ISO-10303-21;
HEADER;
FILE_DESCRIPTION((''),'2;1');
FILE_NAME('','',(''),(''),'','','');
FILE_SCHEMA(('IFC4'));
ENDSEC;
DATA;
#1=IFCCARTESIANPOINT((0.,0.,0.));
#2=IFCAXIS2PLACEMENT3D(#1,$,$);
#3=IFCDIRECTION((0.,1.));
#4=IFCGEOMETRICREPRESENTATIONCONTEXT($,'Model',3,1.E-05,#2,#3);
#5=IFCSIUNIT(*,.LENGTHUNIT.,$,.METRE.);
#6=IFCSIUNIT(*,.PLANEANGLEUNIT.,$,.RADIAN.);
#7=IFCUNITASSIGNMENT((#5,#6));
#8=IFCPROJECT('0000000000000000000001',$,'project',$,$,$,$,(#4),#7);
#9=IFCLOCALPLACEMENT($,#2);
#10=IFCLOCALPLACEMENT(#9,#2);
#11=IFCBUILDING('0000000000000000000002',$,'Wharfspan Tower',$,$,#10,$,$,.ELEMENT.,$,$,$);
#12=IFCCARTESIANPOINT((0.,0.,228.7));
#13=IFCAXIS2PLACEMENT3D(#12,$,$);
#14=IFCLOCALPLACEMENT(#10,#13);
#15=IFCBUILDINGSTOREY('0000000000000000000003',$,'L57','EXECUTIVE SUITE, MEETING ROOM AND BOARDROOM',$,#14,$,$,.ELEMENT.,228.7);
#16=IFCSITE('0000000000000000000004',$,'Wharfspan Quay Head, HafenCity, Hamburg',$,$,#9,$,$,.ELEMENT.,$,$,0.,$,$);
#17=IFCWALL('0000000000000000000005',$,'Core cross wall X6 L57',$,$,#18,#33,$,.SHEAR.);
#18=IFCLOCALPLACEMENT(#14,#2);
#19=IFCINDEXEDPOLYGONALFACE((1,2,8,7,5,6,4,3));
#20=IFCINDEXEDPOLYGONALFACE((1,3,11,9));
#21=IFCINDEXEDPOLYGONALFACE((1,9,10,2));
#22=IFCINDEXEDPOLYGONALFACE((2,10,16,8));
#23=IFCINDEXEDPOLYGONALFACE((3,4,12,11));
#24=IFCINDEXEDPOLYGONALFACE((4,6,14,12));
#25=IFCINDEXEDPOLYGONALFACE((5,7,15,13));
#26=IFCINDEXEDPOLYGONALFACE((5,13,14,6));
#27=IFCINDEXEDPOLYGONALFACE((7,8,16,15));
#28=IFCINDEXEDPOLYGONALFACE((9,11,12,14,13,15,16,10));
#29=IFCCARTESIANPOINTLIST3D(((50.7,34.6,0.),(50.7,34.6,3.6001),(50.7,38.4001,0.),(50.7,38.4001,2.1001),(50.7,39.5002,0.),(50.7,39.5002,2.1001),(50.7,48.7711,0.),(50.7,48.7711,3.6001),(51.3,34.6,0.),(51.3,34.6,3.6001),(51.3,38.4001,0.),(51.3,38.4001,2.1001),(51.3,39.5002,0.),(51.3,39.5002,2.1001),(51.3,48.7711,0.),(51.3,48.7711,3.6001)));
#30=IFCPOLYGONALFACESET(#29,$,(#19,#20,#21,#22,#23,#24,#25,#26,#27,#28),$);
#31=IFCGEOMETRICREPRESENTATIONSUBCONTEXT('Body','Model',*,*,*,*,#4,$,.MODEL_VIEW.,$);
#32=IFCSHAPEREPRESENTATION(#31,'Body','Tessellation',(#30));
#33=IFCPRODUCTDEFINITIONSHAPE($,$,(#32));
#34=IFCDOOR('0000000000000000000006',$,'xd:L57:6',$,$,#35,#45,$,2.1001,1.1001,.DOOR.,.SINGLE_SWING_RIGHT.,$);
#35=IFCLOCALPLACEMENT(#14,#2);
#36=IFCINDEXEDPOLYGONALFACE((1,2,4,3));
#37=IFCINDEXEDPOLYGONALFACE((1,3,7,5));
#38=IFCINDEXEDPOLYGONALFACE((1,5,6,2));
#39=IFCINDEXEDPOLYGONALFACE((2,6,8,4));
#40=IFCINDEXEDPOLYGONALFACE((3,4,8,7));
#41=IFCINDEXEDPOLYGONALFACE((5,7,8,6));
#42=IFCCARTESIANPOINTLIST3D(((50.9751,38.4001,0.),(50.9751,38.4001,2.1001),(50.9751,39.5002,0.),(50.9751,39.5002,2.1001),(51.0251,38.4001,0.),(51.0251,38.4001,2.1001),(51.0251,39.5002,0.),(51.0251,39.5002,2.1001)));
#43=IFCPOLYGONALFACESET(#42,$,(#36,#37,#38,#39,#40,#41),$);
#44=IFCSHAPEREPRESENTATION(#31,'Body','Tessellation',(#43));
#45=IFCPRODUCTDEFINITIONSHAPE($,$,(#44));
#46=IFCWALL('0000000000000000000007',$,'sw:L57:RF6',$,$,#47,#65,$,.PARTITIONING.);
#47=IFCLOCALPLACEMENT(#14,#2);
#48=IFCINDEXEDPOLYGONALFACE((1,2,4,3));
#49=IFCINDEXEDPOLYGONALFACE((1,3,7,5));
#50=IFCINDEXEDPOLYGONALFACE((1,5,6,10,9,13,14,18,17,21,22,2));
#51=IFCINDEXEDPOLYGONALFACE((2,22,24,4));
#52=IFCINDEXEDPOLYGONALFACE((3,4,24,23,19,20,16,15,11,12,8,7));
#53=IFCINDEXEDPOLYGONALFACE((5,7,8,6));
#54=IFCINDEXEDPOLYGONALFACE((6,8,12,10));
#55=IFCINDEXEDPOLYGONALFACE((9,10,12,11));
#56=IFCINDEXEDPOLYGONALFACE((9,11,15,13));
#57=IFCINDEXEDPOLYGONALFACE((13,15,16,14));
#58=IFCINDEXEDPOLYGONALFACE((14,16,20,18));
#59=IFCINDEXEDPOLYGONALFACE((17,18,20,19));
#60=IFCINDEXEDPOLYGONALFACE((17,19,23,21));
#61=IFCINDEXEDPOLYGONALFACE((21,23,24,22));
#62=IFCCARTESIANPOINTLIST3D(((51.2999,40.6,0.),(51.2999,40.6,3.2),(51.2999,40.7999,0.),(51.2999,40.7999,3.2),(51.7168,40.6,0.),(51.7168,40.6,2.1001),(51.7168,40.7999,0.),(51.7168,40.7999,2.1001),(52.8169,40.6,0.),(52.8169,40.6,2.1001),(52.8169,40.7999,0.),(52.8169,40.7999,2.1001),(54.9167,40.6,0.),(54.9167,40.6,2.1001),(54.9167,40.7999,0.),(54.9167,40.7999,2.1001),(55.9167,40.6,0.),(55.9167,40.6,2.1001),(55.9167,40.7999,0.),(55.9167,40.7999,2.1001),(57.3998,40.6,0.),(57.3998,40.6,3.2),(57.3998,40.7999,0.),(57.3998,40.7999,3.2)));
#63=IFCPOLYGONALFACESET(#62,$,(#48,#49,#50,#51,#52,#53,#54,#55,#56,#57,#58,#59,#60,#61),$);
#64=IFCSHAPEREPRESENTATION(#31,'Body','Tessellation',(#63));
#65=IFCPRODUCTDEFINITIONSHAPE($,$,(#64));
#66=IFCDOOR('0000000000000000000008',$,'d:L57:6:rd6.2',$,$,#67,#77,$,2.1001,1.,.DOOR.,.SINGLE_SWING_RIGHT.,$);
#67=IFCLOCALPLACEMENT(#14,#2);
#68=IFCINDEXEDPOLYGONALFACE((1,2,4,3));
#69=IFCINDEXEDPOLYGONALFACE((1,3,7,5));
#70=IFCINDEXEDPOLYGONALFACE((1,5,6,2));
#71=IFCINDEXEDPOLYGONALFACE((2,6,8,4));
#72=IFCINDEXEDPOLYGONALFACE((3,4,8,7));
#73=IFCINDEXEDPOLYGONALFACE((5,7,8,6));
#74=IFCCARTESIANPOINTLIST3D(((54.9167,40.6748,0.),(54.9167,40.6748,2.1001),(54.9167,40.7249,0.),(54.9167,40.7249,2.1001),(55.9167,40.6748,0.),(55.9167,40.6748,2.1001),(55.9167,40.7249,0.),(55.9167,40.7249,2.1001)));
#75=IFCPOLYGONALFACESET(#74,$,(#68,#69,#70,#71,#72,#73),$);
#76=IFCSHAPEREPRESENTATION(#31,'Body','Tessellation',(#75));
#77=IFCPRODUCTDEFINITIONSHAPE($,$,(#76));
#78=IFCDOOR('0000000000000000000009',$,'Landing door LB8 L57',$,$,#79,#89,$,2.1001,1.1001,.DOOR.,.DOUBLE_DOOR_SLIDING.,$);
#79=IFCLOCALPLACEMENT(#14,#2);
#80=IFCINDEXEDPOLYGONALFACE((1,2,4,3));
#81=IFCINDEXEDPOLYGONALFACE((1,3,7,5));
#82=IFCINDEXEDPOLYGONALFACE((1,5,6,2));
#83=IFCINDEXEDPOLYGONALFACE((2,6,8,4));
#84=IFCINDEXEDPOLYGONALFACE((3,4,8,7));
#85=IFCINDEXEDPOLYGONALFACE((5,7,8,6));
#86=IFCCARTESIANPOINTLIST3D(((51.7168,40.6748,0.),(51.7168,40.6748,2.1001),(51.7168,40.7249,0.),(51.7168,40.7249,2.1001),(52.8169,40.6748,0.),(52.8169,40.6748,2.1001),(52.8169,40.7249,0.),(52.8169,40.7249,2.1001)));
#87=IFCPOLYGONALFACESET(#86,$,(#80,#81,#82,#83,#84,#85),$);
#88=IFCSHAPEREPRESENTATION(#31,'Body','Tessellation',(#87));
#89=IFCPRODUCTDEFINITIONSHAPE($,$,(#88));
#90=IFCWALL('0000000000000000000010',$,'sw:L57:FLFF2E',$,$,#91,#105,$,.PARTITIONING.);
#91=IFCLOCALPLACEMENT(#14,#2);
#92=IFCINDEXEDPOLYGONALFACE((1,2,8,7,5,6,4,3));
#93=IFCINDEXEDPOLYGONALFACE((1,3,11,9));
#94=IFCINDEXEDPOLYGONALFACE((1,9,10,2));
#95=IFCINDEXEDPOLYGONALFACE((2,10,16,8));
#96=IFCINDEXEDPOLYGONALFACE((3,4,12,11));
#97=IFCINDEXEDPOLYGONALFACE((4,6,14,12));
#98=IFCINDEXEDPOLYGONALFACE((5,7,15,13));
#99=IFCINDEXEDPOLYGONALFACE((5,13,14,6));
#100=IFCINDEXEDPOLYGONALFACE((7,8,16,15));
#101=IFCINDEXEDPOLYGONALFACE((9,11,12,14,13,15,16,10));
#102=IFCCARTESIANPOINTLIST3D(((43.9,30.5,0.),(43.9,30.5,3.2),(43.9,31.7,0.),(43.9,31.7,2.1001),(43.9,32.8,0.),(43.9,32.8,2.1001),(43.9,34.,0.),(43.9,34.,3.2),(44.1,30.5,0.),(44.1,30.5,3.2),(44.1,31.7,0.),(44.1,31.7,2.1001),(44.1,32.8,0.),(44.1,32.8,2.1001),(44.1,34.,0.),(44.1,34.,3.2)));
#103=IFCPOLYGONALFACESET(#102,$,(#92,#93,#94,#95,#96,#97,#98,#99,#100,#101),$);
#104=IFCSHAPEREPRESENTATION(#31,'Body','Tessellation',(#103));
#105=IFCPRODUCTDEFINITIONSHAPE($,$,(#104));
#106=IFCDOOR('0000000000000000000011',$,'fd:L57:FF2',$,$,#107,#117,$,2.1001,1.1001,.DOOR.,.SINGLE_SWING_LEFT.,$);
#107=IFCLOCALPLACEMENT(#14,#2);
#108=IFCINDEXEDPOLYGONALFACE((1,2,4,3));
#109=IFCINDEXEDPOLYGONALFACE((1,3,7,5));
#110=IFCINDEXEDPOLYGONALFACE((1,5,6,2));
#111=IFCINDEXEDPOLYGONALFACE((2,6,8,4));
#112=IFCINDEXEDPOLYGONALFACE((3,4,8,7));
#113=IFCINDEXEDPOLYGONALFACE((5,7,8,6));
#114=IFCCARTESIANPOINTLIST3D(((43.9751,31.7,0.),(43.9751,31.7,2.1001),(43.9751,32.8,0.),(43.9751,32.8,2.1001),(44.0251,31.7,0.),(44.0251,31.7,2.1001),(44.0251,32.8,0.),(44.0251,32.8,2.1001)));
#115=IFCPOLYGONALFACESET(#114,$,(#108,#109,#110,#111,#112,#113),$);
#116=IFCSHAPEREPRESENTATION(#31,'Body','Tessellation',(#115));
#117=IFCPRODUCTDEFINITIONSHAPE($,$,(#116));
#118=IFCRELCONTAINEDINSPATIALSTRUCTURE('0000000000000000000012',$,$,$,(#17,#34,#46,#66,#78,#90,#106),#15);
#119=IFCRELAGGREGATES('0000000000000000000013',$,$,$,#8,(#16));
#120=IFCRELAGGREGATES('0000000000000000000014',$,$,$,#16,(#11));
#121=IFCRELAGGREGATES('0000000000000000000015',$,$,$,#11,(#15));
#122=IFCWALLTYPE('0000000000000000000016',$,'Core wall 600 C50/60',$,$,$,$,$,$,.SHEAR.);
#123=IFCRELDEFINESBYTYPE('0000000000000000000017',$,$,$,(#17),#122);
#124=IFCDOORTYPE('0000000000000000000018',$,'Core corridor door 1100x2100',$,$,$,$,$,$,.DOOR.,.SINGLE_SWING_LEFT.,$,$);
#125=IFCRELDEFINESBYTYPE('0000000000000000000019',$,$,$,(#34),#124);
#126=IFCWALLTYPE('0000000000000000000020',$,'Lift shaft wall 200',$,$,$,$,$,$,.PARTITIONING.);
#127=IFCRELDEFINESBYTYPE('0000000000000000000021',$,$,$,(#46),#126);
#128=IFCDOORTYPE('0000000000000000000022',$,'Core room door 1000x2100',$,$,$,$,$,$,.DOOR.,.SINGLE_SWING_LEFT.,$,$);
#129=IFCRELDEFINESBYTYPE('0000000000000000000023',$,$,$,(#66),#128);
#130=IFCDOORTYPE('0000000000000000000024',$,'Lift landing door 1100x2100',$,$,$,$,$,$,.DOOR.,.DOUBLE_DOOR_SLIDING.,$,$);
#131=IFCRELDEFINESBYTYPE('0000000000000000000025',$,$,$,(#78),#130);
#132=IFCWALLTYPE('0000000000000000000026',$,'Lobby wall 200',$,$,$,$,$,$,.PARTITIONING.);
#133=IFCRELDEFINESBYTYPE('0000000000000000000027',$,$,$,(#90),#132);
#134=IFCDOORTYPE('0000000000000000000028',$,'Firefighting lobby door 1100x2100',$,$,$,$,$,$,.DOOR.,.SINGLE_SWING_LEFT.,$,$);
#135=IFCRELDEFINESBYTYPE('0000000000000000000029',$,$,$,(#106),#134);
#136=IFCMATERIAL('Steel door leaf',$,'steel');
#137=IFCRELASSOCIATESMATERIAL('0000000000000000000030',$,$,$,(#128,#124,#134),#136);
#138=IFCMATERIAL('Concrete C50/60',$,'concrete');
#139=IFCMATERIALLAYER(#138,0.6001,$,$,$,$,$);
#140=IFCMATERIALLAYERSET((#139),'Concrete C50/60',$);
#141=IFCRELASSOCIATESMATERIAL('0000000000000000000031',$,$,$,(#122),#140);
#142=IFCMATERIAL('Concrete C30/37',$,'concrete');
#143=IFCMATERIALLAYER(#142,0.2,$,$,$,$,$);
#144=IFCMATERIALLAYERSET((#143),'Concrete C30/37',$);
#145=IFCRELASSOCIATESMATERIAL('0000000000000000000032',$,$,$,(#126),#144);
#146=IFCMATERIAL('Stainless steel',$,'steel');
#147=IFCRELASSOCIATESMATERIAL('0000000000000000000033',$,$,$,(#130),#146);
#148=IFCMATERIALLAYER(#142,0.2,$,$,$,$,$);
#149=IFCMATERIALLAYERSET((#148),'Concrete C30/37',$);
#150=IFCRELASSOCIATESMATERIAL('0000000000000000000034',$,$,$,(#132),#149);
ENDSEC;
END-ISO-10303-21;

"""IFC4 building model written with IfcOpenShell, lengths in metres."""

from ifc_helpers import new_model, si_unit, direction, frame, frame_2d, origin, place, context, subcontext, project, spatial, rectangle, extrude, material, layer, layer_set, type_object, element, fill, save


model = new_model("IFC4")

# Units and contexts
model_context = context("Model", 3, precision=1e-05, world=origin(), true_north=direction((0.0, 1.0)))
body_context = subcontext(model_context, "Body", "Model", "MODEL_VIEW")
ifc_project = project(units=[si_unit("LENGTHUNIT", "METRE"), si_unit("PLANEANGLEUNIT", "RADIAN")], contexts=[model_context])

# Site, building, storey
site_placement = place(None, origin())
site = spatial("IfcSite", under=ifc_project, at=site_placement, Name="Wharfspan Quay Head, HafenCity, Hamburg", CompositionType="ELEMENT", RefElevation=0.0)
building_placement = place(site_placement, origin())
building = spatial("IfcBuilding", under=site, at=building_placement, Name="Wharfspan Tower", CompositionType="ELEMENT")
storey_placement = place(building_placement, frame((0.0, 0.0, 228.7)))
storey = spatial("IfcBuildingStorey", under=building, at=storey_placement, Name="L57", Description="EXECUTIVE SUITE, MEETING ROOM AND BOARDROOM", CompositionType="ELEMENT", Elevation=228.7)

# Shared definitions
ifc_material_1 = material(Name="Steel door leaf", Category="steel")
door_type_1 = type_object("IfcDoorType", Name="Core room door 1000x2100", OperationType="SINGLE_SWING_LEFT", PredefinedType="DOOR", material=ifc_material_1)

# Shared definitions
ifc_material_2 = material(Name="Concrete C50/60", Category="concrete")
ifc_layer_1 = layer(ifc_material_2, 0.6001)
ifc_layer_set_1 = layer_set([ifc_layer_1], Name="Concrete C50/60")
wall_type_1 = type_object("IfcWallType", Name="Core wall 600 C50/60", PredefinedType="SHEAR", material=ifc_layer_set_1)
door_type_2 = type_object("IfcDoorType", Name="Core corridor door 1100x2100", OperationType="SINGLE_SWING_LEFT", PredefinedType="DOOR", material=ifc_material_1)

# Wall, opening, door
wall_1_placement = place(storey_placement, frame((51.0, 34.6001, 0.0), z_axis=(0.0, 0.0, 1.0), x_axis=(0.0, 1.0, 0.0)))
wall_1 = element("IfcWall", 1, at=wall_1_placement, inside=storey, type_object=wall_type_1, Name="Core cross wall X6 L57", PredefinedType="SHEAR", context=body_context, shape_type="SweptSolid", body=[
    extrude(rectangle(XDim=14.1711, YDim=0.6001, at=frame_2d((7.0854, 0.0))), origin(), (0.0, 0.0, 1.0), 3.6001),
])
opening_1_placement = place(wall_1_placement, frame((3.8, 0.0, 0.0)))
opening_1 = element("IfcOpeningElement", 2, at=opening_1_placement, cuts=wall_1, PredefinedType="OPENING", context=body_context, shape_type="SweptSolid", body=[
    extrude(rectangle(XDim=1.1001, YDim=2.1001, at=frame_2d((0.55, 1.05))), frame((0.0, 0.3101, 0.0), z_axis=(0.0, -1.0, 0.0), x_axis=(1.0, 0.0, 0.0)), (0.0, 0.0, 1.0), 0.6201),
])
door_1_placement = place(opening_1_placement, origin())
door_1 = element("IfcDoor", 3, at=door_1_placement, inside=storey, type_object=door_type_2, Name="xd:L57:6", OperationType="SINGLE_SWING_RIGHT", OverallHeight=2.1001, OverallWidth=1.1001, PredefinedType="DOOR", context=body_context, shape_type="SweptSolid", body=[
    extrude(rectangle(XDim=1.1001, YDim=2.1001, at=frame_2d((0.55, 1.05))), frame((0.0, 0.0249, 0.0), z_axis=(0.0, -1.0, 0.0), x_axis=(1.0, 0.0, 0.0)), (0.0, 0.0, 1.0), 0.05),
])
fill(opening_1, door_1)

# Wall, openings, doors
ifc_material_3 = material(Name="Concrete C30/37", Category="concrete")
ifc_layer_2 = layer(ifc_material_3, 0.2)
ifc_layer_set_2 = layer_set([ifc_layer_2], Name="Concrete C30/37")
wall_type_2 = type_object("IfcWallType", Name="Lift shaft wall 200", PredefinedType="PARTITIONING", material=ifc_layer_set_2)
wall_2_placement = place(storey_placement, frame((51.3, 40.7, 0.0), z_axis=(0.0, 0.0, 1.0), x_axis=(1.0, 0.0, 0.0)))
wall_2 = element("IfcWall", 4, at=wall_2_placement, inside=storey, type_object=wall_type_2, Name="sw:L57:RF6", PredefinedType="PARTITIONING", context=body_context, shape_type="SweptSolid", body=[
    extrude(rectangle(XDim=6.0999, YDim=0.2, at=frame_2d((3.0498, 0.0))), origin(), (0.0, 0.0, 1.0), 3.2),
])
opening_2_placement = place(wall_2_placement, frame((0.4167, 0.0, 0.0)))
opening_2 = element("IfcOpeningElement", 5, at=opening_2_placement, cuts=wall_2, PredefinedType="OPENING", context=body_context, shape_type="SweptSolid", body=[
    extrude(rectangle(XDim=1.1001, YDim=2.1001, at=frame_2d((0.55, 1.05))), frame((0.0, 0.1099, 0.0), z_axis=(0.0, -1.0, 0.0), x_axis=(1.0, 0.0, 0.0)), (0.0, 0.0, 1.0), 0.22),
])
opening_3_placement = place(wall_2_placement, frame((3.6167, 0.0, 0.0)))
opening_3 = element("IfcOpeningElement", 6, at=opening_3_placement, cuts=wall_2, PredefinedType="OPENING", context=body_context, shape_type="SweptSolid", body=[
    extrude(rectangle(XDim=1.0, YDim=2.1001, at=frame_2d((0.5, 1.05))), frame((0.0, 0.1099, 0.0), z_axis=(0.0, -1.0, 0.0), x_axis=(1.0, 0.0, 0.0)), (0.0, 0.0, 1.0), 0.22),
])
door_2_placement = place(opening_3_placement, origin())
door_2 = element("IfcDoor", 7, at=door_2_placement, inside=storey, type_object=door_type_1, Name="d:L57:6:rd6.2", OperationType="SINGLE_SWING_RIGHT", OverallHeight=2.1001, OverallWidth=1.0, PredefinedType="DOOR", context=body_context, shape_type="SweptSolid", body=[
    extrude(rectangle(XDim=1.0, YDim=2.1001, at=frame_2d((0.5, 1.05))), frame((0.0, 0.0249, 0.0), z_axis=(0.0, -1.0, 0.0), x_axis=(1.0, 0.0, 0.0)), (0.0, 0.0, 1.0), 0.05),
])
fill(opening_3, door_2)
ifc_material_4 = material(Name="Stainless steel", Category="steel")
door_type_3 = type_object("IfcDoorType", Name="Lift landing door 1100x2100", OperationType="DOUBLE_DOOR_SLIDING", PredefinedType="DOOR", material=ifc_material_4)
door_3_placement = place(opening_2_placement, origin())
door_3 = element("IfcDoor", 8, at=door_3_placement, inside=storey, type_object=door_type_3, Name="Landing door LB8 L57", OperationType="DOUBLE_DOOR_SLIDING", OverallHeight=2.1001, OverallWidth=1.1001, PredefinedType="DOOR", context=body_context, shape_type="SweptSolid", body=[
    extrude(rectangle(XDim=1.1001, YDim=2.1001, at=frame_2d((0.55, 1.05))), frame((0.0, 0.0249, 0.0), z_axis=(0.0, -1.0, 0.0), x_axis=(1.0, 0.0, 0.0)), (0.0, 0.0, 1.0), 0.05),
])
fill(opening_2, door_3)

# Wall, opening, door
ifc_layer_3 = layer(ifc_material_3, 0.2)
ifc_layer_set_3 = layer_set([ifc_layer_3], Name="Concrete C30/37")
wall_type_3 = type_object("IfcWallType", Name="Lobby wall 200", PredefinedType="PARTITIONING", material=ifc_layer_set_3)
wall_3_placement = place(storey_placement, frame((44.0, 30.5, 0.0), z_axis=(0.0, 0.0, 1.0), x_axis=(0.0, 1.0, 0.0)))
wall_3 = element("IfcWall", 9, at=wall_3_placement, inside=storey, type_object=wall_type_3, Name="sw:L57:FLFF2E", PredefinedType="PARTITIONING", context=body_context, shape_type="SweptSolid", body=[
    extrude(rectangle(XDim=3.5, YDim=0.2, at=frame_2d((1.75, 0.0))), origin(), (0.0, 0.0, 1.0), 3.2),
])
opening_4_placement = place(wall_3_placement, frame((1.2, 0.0, 0.0)))
opening_4 = element("IfcOpeningElement", 10, at=opening_4_placement, cuts=wall_3, PredefinedType="OPENING", context=body_context, shape_type="SweptSolid", body=[
    extrude(rectangle(XDim=1.1001, YDim=2.1001, at=frame_2d((0.55, 1.05))), frame((0.0, 0.1099, 0.0), z_axis=(0.0, -1.0, 0.0), x_axis=(1.0, 0.0, 0.0)), (0.0, 0.0, 1.0), 0.22),
])
door_type_4 = type_object("IfcDoorType", Name="Firefighting lobby door 1100x2100", OperationType="SINGLE_SWING_LEFT", PredefinedType="DOOR", material=ifc_material_1)
door_4_placement = place(opening_4_placement, origin())
door_4 = element("IfcDoor", 11, at=door_4_placement, inside=storey, type_object=door_type_4, Name="fd:L57:FF2", OperationType="SINGLE_SWING_LEFT", OverallHeight=2.1001, OverallWidth=1.1001, PredefinedType="DOOR", context=body_context, shape_type="SweptSolid", body=[
    extrude(rectangle(XDim=1.1001, YDim=2.1001, at=frame_2d((0.55, 1.05))), frame((0.0, 0.0249, 0.0), z_axis=(0.0, -1.0, 0.0), x_axis=(1.0, 0.0, 0.0)), (0.0, 0.0, 1.0), 0.05),
])
fill(opening_4, door_4)

save(model, "model.ifc")
